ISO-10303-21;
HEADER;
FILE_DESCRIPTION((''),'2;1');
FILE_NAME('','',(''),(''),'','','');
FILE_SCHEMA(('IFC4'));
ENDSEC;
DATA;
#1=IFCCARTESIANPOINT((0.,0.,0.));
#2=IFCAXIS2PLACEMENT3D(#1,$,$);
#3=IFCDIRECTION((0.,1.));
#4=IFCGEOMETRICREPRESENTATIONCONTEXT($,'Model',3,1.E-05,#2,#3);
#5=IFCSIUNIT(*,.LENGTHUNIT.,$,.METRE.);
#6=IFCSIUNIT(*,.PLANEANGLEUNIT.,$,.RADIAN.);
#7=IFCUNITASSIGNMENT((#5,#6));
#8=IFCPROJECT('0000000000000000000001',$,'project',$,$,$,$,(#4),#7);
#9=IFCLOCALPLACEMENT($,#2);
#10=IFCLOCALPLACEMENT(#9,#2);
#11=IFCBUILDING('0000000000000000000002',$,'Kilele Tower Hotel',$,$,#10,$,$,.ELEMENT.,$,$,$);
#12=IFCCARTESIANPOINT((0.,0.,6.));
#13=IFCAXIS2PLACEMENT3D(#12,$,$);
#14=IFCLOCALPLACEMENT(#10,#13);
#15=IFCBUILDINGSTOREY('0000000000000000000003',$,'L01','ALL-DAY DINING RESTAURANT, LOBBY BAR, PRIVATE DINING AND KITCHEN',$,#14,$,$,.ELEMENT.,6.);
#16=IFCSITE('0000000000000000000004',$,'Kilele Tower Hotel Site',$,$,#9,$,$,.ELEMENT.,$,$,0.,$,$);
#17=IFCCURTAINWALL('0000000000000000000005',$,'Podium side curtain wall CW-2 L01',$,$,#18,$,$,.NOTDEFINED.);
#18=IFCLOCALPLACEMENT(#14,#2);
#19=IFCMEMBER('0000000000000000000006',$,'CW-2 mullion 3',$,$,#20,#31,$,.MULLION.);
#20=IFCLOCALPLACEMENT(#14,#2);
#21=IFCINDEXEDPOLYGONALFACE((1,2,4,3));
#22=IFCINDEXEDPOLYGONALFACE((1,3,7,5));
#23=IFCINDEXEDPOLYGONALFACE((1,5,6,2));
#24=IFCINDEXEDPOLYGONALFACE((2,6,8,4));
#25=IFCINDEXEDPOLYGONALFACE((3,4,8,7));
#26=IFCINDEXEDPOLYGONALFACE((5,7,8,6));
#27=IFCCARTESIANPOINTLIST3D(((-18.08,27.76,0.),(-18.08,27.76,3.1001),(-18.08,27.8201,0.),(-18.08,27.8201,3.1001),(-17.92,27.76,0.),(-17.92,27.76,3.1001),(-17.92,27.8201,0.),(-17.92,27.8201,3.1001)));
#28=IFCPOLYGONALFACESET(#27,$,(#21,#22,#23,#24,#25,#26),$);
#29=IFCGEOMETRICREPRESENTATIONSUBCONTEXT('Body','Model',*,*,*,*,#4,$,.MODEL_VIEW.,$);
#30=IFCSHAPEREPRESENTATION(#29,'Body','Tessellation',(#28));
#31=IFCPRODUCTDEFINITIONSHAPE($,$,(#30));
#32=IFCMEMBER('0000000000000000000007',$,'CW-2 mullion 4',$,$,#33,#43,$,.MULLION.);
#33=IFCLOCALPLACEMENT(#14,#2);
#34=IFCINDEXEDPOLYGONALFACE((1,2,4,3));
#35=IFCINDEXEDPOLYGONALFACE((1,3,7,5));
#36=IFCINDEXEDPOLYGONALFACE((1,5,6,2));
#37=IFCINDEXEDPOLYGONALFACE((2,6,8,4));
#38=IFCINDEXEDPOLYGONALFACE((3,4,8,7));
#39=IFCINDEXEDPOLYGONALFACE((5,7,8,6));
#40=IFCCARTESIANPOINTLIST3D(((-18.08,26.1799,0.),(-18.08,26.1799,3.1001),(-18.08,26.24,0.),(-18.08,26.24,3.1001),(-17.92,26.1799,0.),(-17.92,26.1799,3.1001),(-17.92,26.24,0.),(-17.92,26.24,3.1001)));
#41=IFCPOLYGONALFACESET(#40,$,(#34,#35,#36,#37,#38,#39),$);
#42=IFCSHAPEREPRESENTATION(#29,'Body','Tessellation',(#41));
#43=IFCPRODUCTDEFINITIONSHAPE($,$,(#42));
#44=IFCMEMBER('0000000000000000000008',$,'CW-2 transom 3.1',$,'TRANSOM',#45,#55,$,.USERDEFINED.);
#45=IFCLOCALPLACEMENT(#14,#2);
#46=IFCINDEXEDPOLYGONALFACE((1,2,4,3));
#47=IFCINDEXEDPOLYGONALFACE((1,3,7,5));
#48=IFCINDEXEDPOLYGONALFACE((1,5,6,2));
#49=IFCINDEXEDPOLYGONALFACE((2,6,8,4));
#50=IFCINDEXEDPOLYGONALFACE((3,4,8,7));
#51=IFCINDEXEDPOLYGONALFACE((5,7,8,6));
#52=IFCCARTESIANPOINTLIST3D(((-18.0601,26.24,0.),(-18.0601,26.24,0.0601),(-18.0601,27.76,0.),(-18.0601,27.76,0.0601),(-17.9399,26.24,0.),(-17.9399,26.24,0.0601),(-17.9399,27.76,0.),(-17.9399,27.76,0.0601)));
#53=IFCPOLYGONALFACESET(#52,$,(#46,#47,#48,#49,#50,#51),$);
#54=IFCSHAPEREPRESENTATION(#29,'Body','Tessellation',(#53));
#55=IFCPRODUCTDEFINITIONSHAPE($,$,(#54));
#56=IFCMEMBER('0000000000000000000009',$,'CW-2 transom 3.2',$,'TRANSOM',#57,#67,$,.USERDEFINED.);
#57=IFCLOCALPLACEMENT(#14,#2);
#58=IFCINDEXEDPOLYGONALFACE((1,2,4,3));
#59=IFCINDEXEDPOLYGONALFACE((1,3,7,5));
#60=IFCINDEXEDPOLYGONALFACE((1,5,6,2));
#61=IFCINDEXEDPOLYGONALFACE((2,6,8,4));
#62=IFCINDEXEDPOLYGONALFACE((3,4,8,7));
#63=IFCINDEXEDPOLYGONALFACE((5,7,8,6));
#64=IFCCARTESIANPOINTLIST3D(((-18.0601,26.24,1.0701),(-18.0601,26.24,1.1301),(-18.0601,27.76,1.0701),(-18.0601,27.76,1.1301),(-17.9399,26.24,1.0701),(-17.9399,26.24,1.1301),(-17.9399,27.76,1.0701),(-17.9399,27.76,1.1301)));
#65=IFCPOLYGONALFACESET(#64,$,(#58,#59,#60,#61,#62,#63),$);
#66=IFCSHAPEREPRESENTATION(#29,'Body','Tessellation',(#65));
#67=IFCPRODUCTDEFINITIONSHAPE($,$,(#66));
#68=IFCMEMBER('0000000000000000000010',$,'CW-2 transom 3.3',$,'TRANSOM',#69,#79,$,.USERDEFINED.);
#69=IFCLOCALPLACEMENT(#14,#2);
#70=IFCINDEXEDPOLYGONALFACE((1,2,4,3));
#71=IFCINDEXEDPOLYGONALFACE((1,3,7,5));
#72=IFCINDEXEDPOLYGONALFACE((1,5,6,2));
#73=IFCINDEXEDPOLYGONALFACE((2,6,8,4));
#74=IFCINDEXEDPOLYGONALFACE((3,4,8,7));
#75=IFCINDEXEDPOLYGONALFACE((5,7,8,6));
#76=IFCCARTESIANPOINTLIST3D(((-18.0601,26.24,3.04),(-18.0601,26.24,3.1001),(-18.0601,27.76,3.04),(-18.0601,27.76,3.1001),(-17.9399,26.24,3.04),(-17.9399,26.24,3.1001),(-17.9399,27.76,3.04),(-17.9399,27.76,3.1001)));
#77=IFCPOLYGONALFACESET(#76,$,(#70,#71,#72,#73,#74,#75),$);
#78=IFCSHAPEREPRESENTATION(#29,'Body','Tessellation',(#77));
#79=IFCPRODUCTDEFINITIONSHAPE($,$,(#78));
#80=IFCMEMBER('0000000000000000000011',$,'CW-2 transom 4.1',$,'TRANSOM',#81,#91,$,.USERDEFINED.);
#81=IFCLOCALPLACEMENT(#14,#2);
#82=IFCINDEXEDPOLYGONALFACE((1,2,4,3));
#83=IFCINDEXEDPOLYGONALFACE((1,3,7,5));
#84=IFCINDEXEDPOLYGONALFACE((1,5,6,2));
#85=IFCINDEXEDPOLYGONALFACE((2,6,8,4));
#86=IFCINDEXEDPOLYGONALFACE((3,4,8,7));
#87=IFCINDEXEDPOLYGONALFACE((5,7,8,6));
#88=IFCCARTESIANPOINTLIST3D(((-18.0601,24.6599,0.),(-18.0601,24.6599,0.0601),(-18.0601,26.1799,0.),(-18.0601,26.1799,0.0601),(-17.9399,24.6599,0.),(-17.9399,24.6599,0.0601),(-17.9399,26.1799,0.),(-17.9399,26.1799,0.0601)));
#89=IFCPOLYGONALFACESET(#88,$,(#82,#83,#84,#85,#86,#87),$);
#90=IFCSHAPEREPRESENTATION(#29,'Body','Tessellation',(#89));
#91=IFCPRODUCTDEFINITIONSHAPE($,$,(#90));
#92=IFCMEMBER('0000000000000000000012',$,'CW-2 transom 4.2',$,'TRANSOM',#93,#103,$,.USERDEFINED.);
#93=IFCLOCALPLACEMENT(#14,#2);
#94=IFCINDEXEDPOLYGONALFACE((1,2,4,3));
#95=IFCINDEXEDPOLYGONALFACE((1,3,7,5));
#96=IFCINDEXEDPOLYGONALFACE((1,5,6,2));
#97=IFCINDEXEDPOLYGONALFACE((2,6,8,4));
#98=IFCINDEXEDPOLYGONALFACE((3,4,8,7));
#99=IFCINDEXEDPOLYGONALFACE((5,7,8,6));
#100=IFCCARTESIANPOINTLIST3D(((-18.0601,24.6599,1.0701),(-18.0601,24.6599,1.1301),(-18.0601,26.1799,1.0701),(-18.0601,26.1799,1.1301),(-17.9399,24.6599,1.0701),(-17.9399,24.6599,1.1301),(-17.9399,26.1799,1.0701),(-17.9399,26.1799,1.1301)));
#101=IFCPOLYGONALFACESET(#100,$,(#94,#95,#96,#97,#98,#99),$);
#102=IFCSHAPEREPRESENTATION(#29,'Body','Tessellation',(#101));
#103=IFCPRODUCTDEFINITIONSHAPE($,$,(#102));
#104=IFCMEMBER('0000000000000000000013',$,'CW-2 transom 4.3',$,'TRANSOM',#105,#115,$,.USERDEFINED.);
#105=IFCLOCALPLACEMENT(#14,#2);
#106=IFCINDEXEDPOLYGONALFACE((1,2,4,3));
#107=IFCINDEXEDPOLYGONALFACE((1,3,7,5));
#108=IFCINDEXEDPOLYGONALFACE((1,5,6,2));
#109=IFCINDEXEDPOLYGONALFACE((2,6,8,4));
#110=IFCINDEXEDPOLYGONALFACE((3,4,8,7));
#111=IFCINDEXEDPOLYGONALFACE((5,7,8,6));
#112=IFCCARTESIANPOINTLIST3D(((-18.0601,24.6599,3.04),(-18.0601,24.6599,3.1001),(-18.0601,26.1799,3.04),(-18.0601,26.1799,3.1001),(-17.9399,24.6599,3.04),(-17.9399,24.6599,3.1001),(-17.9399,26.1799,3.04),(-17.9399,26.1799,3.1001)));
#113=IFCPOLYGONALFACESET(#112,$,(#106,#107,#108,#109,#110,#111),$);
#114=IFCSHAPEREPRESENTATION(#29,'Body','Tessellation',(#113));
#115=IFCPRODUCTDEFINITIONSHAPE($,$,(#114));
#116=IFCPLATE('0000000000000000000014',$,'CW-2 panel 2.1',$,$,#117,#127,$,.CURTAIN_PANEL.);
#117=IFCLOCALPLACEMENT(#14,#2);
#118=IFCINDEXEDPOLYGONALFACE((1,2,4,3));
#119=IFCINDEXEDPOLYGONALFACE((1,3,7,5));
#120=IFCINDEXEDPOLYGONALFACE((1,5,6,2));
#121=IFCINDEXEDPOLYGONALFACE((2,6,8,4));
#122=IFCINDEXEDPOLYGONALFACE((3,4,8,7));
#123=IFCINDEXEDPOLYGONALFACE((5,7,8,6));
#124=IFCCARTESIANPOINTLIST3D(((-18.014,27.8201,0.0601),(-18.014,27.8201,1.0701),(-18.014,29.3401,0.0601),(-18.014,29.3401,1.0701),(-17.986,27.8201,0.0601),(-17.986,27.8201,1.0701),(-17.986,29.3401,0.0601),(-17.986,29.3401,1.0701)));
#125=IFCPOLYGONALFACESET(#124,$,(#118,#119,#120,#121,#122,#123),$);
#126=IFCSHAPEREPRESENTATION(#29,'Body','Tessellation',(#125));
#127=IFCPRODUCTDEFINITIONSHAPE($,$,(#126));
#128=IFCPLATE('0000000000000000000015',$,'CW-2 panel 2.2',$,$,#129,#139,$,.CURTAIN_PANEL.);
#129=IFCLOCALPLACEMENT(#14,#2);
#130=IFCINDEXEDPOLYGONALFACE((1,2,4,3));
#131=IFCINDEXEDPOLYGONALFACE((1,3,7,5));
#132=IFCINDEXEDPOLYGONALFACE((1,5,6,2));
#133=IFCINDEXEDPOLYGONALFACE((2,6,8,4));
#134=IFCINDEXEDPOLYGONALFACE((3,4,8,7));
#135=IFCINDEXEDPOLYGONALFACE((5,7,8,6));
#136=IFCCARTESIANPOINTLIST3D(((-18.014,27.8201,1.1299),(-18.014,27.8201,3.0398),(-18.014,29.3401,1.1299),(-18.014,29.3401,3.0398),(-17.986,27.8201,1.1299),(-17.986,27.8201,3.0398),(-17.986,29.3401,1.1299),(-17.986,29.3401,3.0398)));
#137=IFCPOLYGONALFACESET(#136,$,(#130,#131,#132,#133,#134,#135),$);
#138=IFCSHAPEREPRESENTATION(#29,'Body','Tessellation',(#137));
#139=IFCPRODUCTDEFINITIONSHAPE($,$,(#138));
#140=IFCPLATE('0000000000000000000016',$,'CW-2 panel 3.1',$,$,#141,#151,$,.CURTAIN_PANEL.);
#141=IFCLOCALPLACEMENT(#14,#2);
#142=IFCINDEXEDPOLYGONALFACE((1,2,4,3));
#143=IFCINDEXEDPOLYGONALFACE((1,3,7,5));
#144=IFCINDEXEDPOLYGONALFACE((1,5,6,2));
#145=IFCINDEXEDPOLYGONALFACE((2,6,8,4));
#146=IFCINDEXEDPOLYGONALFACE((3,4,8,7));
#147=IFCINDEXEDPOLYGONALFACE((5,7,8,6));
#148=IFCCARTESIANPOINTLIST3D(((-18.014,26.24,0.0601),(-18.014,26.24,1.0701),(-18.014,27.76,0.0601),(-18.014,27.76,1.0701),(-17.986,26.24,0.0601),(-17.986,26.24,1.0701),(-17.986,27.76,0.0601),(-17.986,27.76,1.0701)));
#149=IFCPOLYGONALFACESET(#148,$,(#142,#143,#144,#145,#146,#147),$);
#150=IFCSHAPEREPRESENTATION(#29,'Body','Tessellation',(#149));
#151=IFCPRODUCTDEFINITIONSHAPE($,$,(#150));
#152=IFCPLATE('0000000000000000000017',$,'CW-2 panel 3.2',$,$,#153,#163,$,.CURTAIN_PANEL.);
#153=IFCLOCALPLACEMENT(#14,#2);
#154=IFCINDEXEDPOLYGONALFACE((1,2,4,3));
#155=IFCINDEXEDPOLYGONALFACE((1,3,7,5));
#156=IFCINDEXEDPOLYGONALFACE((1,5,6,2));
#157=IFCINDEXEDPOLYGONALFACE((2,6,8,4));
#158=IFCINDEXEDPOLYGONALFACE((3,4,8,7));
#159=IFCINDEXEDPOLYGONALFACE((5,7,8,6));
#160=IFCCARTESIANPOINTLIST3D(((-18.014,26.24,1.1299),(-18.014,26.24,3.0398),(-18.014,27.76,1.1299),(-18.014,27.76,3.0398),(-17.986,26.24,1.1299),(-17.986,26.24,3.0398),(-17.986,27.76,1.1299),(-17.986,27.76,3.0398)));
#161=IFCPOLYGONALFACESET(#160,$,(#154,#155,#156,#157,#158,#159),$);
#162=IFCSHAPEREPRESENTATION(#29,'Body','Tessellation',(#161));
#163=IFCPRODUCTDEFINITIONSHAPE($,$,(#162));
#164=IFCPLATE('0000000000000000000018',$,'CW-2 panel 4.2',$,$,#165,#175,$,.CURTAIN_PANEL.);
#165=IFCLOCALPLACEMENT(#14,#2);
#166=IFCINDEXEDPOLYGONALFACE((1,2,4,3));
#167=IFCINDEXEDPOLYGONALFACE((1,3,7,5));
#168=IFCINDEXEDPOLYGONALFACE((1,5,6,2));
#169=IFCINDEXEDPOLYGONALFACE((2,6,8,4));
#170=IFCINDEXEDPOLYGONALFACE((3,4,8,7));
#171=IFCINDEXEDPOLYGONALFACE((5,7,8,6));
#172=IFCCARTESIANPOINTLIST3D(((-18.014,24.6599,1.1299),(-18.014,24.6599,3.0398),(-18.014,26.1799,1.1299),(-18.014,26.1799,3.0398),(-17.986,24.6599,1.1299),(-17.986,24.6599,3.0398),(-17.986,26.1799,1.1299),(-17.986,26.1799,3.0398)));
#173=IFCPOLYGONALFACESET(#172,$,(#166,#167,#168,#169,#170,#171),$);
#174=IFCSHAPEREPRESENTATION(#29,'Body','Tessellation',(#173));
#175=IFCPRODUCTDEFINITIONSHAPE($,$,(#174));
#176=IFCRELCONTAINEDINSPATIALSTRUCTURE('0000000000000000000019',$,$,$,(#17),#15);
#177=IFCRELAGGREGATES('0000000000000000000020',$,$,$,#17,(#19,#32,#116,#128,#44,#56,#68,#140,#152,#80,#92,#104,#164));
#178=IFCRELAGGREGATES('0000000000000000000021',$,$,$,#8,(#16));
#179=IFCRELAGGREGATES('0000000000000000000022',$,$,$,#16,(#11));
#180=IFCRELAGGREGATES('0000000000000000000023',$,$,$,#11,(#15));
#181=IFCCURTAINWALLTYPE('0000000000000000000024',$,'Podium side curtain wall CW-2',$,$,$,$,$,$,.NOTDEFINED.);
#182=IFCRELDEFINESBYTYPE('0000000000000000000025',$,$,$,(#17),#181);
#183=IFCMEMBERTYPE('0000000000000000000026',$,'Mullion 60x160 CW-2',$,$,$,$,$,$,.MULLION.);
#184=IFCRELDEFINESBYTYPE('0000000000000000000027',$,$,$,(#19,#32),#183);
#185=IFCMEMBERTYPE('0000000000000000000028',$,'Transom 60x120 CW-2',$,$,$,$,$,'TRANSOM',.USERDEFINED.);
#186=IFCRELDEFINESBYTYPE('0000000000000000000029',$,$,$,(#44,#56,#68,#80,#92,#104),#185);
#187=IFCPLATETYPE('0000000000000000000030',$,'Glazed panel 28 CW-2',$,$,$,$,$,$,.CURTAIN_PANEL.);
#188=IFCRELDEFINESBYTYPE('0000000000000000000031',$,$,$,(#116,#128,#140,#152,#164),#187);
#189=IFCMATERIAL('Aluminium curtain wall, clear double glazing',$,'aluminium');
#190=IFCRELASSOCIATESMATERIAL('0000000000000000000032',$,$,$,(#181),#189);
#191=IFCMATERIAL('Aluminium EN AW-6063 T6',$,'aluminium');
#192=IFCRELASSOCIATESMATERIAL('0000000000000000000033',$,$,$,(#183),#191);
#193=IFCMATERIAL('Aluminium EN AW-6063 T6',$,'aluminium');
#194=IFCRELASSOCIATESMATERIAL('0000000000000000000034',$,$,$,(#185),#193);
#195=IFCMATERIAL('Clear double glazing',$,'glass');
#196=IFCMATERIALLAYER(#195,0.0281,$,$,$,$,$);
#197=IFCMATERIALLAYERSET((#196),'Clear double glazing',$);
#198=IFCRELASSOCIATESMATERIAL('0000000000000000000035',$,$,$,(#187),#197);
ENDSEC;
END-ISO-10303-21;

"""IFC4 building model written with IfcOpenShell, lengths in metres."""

from ifc_helpers import new_model, si_unit, direction, frame, origin, origin_2d, place, context, subcontext, project, spatial, rectangle, extrude, material, layer, layer_set, material_profile, profile_set, type_object, element, aggregate, save


model = new_model("IFC4")

# Units and contexts
model_context = context("Model", 3, precision=1e-05, world=origin(), true_north=direction((0.0, 1.0)))
body_context = subcontext(model_context, "Body", "Model", "MODEL_VIEW")
ifc_project = project(units=[si_unit("LENGTHUNIT", "METRE"), si_unit("PLANEANGLEUNIT", "RADIAN")], contexts=[model_context])

# Site, building, storey
site_placement = place(None, origin())
site = spatial("IfcSite", under=ifc_project, at=site_placement, Name="Kilele Tower Hotel Site", CompositionType="ELEMENT", RefElevation=0.0)
building_placement = place(site_placement, origin())
building = spatial("IfcBuilding", under=site, at=building_placement, Name="Kilele Tower Hotel", CompositionType="ELEMENT")
storey_placement = place(building_placement, frame((0.0, 0.0, 6.0)))
storey = spatial("IfcBuildingStorey", under=building, at=storey_placement, Name="L01", Description="ALL-DAY DINING RESTAURANT, LOBBY BAR, PRIVATE DINING AND KITCHEN", CompositionType="ELEMENT", Elevation=6.0)

# Curtain wall, members, plates
ifc_material_1 = material(Name="Aluminium curtain wall, clear double glazing", Category="aluminium")
curtain_wall_type = type_object("IfcCurtainWallType", Name="Podium side curtain wall CW-2", PredefinedType="NOTDEFINED", material=ifc_material_1)
curtain_wall_placement = place(storey_placement, origin())
curtain_wall = element("IfcCurtainWall", 1, at=curtain_wall_placement, inside=storey, type_object=curtain_wall_type, Name="Podium side curtain wall CW-2 L01", PredefinedType="NOTDEFINED")
ifc_material_2 = material(Name="Aluminium EN AW-6063 T6", Category="aluminium")
ifc_material_profile_1 = material_profile(ifc_material_2, rectangle(XDim=0.1599, YDim=0.0601, at=origin_2d()))
ifc_profile_set_1 = profile_set([ifc_material_profile_1], Name="Aluminium EN AW-6063 T6")
member_type_1 = type_object("IfcMemberType", Name="Mullion 60x160 CW-2", PredefinedType="MULLION", material=ifc_profile_set_1)
member_1_placement = place(storey_placement, frame((-18.0, 27.79, 0.0), z_axis=(0.0, 0.0, 1.0), x_axis=(1.0, 0.0, 0.0)))
member_1 = element("IfcMember", 2, at=member_1_placement, type_object=member_type_1, Name="CW-2 mullion 3", PredefinedType="MULLION", context=body_context, shape_type="SweptSolid", body=[
    extrude(rectangle(XDim=0.1599, YDim=0.0601, at=origin_2d()), origin(), (0.0, 0.0, 1.0), 3.1001),
])
member_2_placement = place(storey_placement, frame((-18.0, 26.21, 0.0), z_axis=(0.0, 0.0, 1.0), x_axis=(1.0, 0.0, 0.0)))
member_2 = element("IfcMember", 3, at=member_2_placement, type_object=member_type_1, Name="CW-2 mullion 4", PredefinedType="MULLION", context=body_context, shape_type="SweptSolid", body=[
    extrude(rectangle(XDim=0.1599, YDim=0.0601, at=origin_2d()), origin(), (0.0, 0.0, 1.0), 3.1001),
])
ifc_material_3 = material(Name="Aluminium EN AW-6063 T6", Category="aluminium")
ifc_material_profile_2 = material_profile(ifc_material_3, rectangle(XDim=0.1201, YDim=0.0601, at=origin_2d()))
ifc_profile_set_2 = profile_set([ifc_material_profile_2], Name="Aluminium EN AW-6063 T6")
member_type_2 = type_object("IfcMemberType", Name="Transom 60x120 CW-2", ElementType="TRANSOM", PredefinedType="USERDEFINED", material=ifc_profile_set_2)
member_3_placement = place(storey_placement, frame((-18.0, 27.76, 0.03), z_axis=(0.0, -1.0, 0.0), x_axis=(1.0, 0.0, 0.0)))
member_3 = element("IfcMember", 4, at=member_3_placement, type_object=member_type_2, Name="CW-2 transom 3.1", ObjectType="TRANSOM", PredefinedType="USERDEFINED", context=body_context, shape_type="SweptSolid", body=[
    extrude(rectangle(XDim=0.1201, YDim=0.0601, at=origin_2d()), origin(), (0.0, 0.0, 1.0), 1.52),
])
member_4_placement = place(storey_placement, frame((-18.0, 27.76, 1.1001), z_axis=(0.0, -1.0, 0.0), x_axis=(1.0, 0.0, 0.0)))
member_4 = element("IfcMember", 5, at=member_4_placement, type_object=member_type_2, Name="CW-2 transom 3.2", ObjectType="TRANSOM", PredefinedType="USERDEFINED", context=body_context, shape_type="SweptSolid", body=[
    extrude(rectangle(XDim=0.1201, YDim=0.0601, at=origin_2d()), origin(), (0.0, 0.0, 1.0), 1.52),
])
member_5_placement = place(storey_placement, frame((-18.0, 27.76, 3.0701), z_axis=(0.0, -1.0, 0.0), x_axis=(1.0, 0.0, 0.0)))
member_5 = element("IfcMember", 6, at=member_5_placement, type_object=member_type_2, Name="CW-2 transom 3.3", ObjectType="TRANSOM", PredefinedType="USERDEFINED", context=body_context, shape_type="SweptSolid", body=[
    extrude(rectangle(XDim=0.1201, YDim=0.0601, at=origin_2d()), origin(), (0.0, 0.0, 1.0), 1.52),
])
member_6_placement = place(storey_placement, frame((-18.0, 26.1799, 0.03), z_axis=(0.0, -1.0, 0.0), x_axis=(1.0, 0.0, 0.0)))
member_6 = element("IfcMember", 7, at=member_6_placement, type_object=member_type_2, Name="CW-2 transom 4.1", ObjectType="TRANSOM", PredefinedType="USERDEFINED", context=body_context, shape_type="SweptSolid", body=[
    extrude(rectangle(XDim=0.1201, YDim=0.0601, at=origin_2d()), origin(), (0.0, 0.0, 1.0), 1.52),
])
member_7_placement = place(storey_placement, frame((-18.0, 26.1799, 1.1001), z_axis=(0.0, -1.0, 0.0), x_axis=(1.0, 0.0, 0.0)))
member_7 = element("IfcMember", 8, at=member_7_placement, type_object=member_type_2, Name="CW-2 transom 4.2", ObjectType="TRANSOM", PredefinedType="USERDEFINED", context=body_context, shape_type="SweptSolid", body=[
    extrude(rectangle(XDim=0.1201, YDim=0.0601, at=origin_2d()), origin(), (0.0, 0.0, 1.0), 1.52),
])
member_8_placement = place(storey_placement, frame((-18.0, 26.1799, 3.0701), z_axis=(0.0, -1.0, 0.0), x_axis=(1.0, 0.0, 0.0)))
member_8 = element("IfcMember", 9, at=member_8_placement, type_object=member_type_2, Name="CW-2 transom 4.3", ObjectType="TRANSOM", PredefinedType="USERDEFINED", context=body_context, shape_type="SweptSolid", body=[
    extrude(rectangle(XDim=0.1201, YDim=0.0601, at=origin_2d()), origin(), (0.0, 0.0, 1.0), 1.52),
])
ifc_material_4 = material(Name="Clear double glazing", Category="glass")
ifc_layer_1 = layer(ifc_material_4, 0.0281)
ifc_layer_set_1 = layer_set([ifc_layer_1], Name="Clear double glazing")
plate_type = type_object("IfcPlateType", Name="Glazed panel 28 CW-2", PredefinedType="CURTAIN_PANEL", material=ifc_layer_set_1)
plate_1_placement = place(storey_placement, frame((-18.0, 28.5801, 0.0601), z_axis=(0.0, 0.0, 1.0), x_axis=(0.0, -1.0, 0.0)))
plate_1 = element("IfcPlate", 10, at=plate_1_placement, type_object=plate_type, Name="CW-2 panel 2.1", PredefinedType="CURTAIN_PANEL", context=body_context, shape_type="SweptSolid", body=[
    extrude(rectangle(XDim=1.52, YDim=0.0281, at=origin_2d()), origin(), (0.0, 0.0, 1.0), 1.01),
])
plate_2_placement = place(storey_placement, frame((-18.0, 28.5801, 1.1299), z_axis=(0.0, 0.0, 1.0), x_axis=(0.0, -1.0, 0.0)))
plate_2 = element("IfcPlate", 11, at=plate_2_placement, type_object=plate_type, Name="CW-2 panel 2.2", PredefinedType="CURTAIN_PANEL", context=body_context, shape_type="SweptSolid", body=[
    extrude(rectangle(XDim=1.52, YDim=0.0281, at=origin_2d()), origin(), (0.0, 0.0, 1.0), 1.9099),
])
plate_3_placement = place(storey_placement, frame((-18.0, 27.0, 0.0601), z_axis=(0.0, 0.0, 1.0), x_axis=(0.0, -1.0, 0.0)))
plate_3 = element("IfcPlate", 12, at=plate_3_placement, type_object=plate_type, Name="CW-2 panel 3.1", PredefinedType="CURTAIN_PANEL", context=body_context, shape_type="SweptSolid", body=[
    extrude(rectangle(XDim=1.52, YDim=0.0281, at=origin_2d()), origin(), (0.0, 0.0, 1.0), 1.01),
])
plate_4_placement = place(storey_placement, frame((-18.0, 27.0, 1.1299), z_axis=(0.0, 0.0, 1.0), x_axis=(0.0, -1.0, 0.0)))
plate_4 = element("IfcPlate", 13, at=plate_4_placement, type_object=plate_type, Name="CW-2 panel 3.2", PredefinedType="CURTAIN_PANEL", context=body_context, shape_type="SweptSolid", body=[
    extrude(rectangle(XDim=1.52, YDim=0.0281, at=origin_2d()), origin(), (0.0, 0.0, 1.0), 1.9099),
])
plate_5_placement = place(storey_placement, frame((-18.0, 25.4199, 1.1299), z_axis=(0.0, 0.0, 1.0), x_axis=(0.0, -1.0, 0.0)))
plate_5 = element("IfcPlate", 14, at=plate_5_placement, type_object=plate_type, Name="CW-2 panel 4.2", PredefinedType="CURTAIN_PANEL", context=body_context, shape_type="SweptSolid", body=[
    extrude(rectangle(XDim=1.52, YDim=0.0281, at=origin_2d()), origin(), (0.0, 0.0, 1.0), 1.9099),
])
aggregate(curtain_wall, [member_1, member_2, plate_1, plate_2, member_3, member_4, member_5, plate_3, plate_4, member_6, member_7, member_8, plate_5])

save(model, "model.ifc")
